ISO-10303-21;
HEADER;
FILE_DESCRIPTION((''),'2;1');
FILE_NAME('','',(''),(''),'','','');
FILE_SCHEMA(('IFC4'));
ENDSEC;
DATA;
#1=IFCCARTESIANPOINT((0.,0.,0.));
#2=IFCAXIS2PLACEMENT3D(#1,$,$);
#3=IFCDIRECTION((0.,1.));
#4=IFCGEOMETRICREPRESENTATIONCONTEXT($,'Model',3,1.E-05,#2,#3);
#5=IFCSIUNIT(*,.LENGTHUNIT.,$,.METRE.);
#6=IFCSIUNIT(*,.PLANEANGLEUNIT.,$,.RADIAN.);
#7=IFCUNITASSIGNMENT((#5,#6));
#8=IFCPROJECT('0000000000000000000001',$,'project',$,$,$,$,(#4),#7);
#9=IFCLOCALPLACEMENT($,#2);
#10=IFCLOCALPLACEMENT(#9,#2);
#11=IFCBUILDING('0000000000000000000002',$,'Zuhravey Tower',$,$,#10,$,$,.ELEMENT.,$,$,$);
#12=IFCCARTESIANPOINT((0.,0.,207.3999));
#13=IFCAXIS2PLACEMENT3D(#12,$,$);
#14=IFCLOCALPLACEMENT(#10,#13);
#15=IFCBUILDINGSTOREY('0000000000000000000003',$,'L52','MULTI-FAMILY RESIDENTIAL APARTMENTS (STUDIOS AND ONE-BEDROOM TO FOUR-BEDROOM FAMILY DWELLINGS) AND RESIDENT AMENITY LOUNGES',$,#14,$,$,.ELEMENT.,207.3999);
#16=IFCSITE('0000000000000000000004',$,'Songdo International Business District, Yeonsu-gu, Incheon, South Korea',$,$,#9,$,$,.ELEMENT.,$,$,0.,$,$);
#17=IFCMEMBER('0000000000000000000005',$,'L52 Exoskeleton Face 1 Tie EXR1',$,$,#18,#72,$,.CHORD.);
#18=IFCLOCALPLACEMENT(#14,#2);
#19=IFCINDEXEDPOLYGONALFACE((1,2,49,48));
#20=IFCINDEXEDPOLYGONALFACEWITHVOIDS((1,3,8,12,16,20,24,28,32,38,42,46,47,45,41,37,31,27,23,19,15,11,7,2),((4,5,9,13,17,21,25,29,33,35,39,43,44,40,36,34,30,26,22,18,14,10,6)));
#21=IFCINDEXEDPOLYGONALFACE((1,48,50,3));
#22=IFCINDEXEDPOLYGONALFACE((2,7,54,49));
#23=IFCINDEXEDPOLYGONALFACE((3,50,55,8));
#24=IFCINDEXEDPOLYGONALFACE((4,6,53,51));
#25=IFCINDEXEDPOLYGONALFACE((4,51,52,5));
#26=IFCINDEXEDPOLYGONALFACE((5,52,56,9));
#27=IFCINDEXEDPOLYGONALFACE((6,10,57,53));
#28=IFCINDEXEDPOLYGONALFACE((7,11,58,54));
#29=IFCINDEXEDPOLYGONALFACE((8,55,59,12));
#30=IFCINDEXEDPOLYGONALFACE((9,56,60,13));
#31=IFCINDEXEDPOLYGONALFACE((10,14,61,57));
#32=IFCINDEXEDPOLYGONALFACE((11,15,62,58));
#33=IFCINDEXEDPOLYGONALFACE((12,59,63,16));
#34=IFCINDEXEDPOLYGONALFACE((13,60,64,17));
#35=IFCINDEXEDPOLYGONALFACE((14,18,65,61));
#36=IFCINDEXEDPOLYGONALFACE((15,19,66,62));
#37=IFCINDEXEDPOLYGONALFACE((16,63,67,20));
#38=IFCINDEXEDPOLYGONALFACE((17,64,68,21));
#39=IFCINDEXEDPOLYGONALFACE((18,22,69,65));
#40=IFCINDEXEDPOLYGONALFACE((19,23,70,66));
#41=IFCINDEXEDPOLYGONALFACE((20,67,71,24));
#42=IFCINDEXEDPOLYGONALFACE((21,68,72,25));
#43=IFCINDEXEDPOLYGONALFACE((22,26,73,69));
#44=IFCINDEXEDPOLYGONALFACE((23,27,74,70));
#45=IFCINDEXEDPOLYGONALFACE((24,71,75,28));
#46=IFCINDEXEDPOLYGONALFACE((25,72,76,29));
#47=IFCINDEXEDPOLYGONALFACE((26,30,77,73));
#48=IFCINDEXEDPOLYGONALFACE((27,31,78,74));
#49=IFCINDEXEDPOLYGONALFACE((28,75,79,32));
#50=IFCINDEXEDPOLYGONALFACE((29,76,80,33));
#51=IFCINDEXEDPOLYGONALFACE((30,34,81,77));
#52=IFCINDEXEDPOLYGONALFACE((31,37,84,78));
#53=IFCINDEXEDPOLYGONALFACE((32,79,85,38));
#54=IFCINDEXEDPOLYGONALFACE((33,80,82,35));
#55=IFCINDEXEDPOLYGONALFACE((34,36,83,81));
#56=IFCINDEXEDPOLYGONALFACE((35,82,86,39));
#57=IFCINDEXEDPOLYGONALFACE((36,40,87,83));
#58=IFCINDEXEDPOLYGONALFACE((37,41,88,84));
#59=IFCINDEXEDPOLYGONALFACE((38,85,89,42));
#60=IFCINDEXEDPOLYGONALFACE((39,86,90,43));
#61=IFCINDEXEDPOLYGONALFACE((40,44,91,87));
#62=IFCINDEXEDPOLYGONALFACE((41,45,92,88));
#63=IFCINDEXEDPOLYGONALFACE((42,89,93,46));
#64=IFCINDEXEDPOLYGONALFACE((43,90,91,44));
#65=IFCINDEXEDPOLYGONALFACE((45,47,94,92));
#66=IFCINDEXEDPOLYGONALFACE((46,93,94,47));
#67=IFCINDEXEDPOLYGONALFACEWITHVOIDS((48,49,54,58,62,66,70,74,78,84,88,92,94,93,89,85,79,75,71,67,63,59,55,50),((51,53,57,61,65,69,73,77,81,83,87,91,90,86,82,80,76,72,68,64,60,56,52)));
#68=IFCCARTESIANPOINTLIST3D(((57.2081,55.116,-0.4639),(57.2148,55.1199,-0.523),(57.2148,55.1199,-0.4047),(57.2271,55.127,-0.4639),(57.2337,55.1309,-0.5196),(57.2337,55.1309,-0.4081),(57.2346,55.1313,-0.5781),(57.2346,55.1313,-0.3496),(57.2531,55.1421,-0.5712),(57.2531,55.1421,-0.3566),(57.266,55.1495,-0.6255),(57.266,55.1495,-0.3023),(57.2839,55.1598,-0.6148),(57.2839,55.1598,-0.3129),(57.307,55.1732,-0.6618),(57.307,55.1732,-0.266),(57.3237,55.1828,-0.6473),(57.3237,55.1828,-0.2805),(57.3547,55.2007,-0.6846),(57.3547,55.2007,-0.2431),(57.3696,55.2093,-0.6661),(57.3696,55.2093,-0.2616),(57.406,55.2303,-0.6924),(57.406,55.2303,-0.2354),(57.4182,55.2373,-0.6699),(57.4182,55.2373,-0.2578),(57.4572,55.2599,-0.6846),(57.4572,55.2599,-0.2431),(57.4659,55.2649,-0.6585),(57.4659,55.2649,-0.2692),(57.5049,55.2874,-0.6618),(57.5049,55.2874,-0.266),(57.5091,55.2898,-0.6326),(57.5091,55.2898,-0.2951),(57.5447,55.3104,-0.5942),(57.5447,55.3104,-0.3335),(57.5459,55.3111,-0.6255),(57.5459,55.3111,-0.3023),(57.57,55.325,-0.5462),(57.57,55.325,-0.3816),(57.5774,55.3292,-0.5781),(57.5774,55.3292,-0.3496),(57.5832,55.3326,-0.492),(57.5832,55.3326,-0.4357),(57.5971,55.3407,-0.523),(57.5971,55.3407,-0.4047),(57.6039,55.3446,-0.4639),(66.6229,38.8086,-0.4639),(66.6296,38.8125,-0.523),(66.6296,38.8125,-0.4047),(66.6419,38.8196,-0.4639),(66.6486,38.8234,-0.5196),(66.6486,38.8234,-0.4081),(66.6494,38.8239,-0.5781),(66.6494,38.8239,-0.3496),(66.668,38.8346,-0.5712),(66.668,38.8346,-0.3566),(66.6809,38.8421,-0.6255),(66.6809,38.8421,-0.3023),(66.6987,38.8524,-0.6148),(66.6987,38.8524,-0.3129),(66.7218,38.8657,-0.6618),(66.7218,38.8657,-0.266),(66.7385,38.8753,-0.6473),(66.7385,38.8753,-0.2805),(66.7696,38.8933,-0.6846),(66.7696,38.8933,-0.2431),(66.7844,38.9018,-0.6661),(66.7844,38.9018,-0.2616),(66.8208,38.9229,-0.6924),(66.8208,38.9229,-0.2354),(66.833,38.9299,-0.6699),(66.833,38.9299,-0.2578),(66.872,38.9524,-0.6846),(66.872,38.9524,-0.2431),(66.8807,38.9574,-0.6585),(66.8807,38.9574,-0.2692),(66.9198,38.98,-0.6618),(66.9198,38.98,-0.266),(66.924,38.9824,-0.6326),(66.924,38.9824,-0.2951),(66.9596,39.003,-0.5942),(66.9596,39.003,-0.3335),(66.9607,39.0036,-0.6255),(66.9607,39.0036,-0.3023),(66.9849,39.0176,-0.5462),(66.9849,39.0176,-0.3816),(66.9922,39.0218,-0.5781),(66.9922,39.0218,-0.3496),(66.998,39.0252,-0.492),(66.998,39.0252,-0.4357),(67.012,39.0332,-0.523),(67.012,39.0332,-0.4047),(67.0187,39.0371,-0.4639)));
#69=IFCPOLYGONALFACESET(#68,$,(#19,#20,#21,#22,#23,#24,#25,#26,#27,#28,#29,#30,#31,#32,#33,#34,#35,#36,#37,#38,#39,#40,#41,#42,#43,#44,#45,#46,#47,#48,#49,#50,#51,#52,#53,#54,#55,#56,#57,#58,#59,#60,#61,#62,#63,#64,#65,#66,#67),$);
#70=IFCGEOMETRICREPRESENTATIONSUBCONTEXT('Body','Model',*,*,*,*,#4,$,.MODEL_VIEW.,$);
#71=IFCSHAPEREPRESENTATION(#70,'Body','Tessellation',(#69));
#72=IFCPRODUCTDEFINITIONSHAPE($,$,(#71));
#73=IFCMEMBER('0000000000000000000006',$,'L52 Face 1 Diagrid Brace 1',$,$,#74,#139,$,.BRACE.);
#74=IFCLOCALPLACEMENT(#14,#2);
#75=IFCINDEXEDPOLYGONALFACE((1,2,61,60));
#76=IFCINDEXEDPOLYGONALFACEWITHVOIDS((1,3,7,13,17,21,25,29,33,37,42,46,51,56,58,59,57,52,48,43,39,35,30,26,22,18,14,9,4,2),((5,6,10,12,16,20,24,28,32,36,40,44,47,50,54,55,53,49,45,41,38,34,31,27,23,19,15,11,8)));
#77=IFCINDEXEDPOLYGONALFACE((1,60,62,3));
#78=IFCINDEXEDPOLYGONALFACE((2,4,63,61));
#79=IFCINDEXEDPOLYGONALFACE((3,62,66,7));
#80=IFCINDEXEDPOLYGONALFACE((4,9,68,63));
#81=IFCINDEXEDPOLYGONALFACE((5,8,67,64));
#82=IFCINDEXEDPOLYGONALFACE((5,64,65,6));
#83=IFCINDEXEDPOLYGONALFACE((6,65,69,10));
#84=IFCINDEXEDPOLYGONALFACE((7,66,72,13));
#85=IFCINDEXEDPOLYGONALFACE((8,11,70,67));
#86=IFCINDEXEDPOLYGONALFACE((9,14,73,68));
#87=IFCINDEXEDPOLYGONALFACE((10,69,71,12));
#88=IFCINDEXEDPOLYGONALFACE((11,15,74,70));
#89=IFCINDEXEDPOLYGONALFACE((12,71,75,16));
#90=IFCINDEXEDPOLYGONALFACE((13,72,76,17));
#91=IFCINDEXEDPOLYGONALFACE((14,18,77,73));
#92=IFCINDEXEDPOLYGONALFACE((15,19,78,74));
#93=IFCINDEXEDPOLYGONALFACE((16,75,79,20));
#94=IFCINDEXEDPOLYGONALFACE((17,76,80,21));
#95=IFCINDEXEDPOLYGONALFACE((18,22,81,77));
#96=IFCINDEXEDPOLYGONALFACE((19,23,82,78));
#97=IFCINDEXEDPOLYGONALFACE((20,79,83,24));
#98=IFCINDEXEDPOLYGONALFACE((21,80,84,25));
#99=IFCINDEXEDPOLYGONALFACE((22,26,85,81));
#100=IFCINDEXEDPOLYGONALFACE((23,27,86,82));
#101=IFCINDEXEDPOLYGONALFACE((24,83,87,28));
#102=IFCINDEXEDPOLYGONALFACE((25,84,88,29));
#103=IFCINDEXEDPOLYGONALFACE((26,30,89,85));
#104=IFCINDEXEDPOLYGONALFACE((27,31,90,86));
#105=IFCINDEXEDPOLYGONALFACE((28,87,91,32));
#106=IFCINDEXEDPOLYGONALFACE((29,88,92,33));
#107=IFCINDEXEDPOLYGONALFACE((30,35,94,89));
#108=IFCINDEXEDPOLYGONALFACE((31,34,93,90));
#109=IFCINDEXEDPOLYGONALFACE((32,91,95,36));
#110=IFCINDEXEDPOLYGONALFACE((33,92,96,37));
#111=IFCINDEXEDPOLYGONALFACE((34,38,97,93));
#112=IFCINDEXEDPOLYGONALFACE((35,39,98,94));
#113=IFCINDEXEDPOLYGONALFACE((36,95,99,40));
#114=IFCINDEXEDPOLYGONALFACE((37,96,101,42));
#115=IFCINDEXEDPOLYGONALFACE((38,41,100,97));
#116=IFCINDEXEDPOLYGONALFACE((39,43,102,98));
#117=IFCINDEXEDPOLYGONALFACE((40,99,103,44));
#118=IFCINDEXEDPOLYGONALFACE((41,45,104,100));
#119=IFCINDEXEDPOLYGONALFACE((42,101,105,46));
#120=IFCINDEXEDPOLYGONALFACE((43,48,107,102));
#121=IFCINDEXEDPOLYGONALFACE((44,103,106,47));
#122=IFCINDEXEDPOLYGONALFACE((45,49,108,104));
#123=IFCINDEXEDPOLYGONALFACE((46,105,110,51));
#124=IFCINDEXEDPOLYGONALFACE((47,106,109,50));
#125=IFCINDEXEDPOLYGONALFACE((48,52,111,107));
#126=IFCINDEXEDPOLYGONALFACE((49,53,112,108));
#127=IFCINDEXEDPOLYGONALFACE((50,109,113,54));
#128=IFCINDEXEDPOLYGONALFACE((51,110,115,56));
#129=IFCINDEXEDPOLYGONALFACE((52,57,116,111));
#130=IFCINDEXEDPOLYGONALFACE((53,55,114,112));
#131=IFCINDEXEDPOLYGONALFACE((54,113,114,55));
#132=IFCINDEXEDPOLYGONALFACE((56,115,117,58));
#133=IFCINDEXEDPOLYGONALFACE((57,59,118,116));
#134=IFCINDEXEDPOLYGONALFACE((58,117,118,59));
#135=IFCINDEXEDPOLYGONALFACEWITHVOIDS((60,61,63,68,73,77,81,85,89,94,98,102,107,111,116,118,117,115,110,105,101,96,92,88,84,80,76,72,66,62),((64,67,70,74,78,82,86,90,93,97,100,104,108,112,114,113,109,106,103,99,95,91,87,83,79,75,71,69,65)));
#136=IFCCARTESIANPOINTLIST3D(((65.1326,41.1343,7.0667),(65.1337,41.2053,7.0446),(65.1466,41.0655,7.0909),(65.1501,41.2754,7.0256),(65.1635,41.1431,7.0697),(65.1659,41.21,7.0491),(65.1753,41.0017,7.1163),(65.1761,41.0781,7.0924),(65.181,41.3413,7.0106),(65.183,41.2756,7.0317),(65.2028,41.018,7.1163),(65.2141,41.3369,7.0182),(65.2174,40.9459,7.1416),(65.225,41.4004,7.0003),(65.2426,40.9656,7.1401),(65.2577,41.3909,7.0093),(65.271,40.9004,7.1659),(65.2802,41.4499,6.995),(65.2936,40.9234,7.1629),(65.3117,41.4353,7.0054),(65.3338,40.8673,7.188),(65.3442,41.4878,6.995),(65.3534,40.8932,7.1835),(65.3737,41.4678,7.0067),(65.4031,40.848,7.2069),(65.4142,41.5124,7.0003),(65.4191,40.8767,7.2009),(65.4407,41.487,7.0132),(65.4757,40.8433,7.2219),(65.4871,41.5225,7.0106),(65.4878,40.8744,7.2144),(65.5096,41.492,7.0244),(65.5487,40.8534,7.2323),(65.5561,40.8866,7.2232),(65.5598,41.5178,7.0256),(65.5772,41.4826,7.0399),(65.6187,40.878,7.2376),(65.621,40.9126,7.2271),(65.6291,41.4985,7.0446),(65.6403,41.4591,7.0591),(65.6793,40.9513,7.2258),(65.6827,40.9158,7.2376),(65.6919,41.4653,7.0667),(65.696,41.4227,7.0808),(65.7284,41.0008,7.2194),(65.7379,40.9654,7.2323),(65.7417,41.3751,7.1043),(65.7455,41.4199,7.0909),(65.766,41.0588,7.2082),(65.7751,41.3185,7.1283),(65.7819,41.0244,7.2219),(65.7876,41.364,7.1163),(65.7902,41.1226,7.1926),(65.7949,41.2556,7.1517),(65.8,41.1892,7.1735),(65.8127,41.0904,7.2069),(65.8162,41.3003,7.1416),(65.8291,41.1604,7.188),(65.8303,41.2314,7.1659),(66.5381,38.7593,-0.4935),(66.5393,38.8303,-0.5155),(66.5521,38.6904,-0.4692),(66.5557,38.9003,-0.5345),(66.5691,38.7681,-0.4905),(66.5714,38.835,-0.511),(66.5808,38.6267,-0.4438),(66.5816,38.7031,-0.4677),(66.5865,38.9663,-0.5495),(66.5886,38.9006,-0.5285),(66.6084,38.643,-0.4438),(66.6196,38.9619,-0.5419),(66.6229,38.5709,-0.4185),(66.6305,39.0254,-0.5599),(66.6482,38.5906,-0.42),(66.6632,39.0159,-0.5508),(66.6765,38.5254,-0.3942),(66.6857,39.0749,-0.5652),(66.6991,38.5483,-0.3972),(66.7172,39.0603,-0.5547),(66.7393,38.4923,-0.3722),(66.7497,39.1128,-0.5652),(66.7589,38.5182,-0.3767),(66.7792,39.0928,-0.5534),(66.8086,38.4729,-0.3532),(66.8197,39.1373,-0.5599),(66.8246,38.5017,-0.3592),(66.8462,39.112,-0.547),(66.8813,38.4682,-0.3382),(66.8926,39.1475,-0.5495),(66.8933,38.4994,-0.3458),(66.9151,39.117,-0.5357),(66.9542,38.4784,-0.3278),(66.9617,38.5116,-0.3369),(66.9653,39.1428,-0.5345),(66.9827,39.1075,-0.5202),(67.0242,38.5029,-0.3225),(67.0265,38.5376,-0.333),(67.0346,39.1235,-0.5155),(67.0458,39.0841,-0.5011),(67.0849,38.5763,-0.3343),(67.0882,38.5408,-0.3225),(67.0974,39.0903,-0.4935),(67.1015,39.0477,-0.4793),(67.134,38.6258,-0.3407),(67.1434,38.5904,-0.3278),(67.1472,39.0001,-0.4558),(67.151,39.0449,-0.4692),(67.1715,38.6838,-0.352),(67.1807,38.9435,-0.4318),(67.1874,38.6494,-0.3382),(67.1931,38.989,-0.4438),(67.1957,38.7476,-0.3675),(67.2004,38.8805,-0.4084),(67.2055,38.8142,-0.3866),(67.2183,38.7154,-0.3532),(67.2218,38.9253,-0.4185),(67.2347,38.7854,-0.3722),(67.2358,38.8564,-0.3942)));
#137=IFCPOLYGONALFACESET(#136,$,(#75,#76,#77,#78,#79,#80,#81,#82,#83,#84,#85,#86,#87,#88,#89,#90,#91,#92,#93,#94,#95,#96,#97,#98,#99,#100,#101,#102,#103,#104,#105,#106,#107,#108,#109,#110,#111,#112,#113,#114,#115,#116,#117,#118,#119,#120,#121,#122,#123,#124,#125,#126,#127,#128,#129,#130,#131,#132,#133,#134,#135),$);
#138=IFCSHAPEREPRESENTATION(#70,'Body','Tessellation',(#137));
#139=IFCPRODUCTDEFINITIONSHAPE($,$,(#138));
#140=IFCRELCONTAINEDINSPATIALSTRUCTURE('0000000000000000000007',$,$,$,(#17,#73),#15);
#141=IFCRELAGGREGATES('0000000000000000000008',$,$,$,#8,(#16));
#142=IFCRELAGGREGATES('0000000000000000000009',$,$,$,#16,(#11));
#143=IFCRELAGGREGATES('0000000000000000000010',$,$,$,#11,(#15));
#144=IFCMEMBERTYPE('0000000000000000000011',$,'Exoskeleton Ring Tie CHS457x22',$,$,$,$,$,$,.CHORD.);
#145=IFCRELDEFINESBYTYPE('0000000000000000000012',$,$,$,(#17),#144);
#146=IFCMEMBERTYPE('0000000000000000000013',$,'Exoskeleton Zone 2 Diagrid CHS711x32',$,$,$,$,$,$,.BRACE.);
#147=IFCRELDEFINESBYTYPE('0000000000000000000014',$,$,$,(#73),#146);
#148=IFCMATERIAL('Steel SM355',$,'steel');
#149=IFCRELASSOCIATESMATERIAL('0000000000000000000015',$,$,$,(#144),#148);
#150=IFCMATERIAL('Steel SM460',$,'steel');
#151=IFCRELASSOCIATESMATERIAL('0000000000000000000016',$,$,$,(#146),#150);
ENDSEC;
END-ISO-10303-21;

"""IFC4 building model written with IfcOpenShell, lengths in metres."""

from ifc_helpers import new_model, si_unit, direction, frame, origin, origin_2d, place, context, subcontext, project, spatial, hollow_circle, extrude, material, material_profile, profile_set, type_object, element, save


model = new_model("IFC4")

# Units and contexts
model_context = context("Model", 3, precision=1e-05, world=origin(), true_north=direction((0.0, 1.0)))
body_context = subcontext(model_context, "Body", "Model", "MODEL_VIEW")
ifc_project = project(units=[si_unit("LENGTHUNIT", "METRE"), si_unit("PLANEANGLEUNIT", "RADIAN")], contexts=[model_context])

# Site, building, storey
site_placement = place(None, origin())
site = spatial("IfcSite", under=ifc_project, at=site_placement, Name="Songdo International Business District, Yeonsu-gu, Incheon, South Korea", CompositionType="ELEMENT", RefElevation=0.0)
building_placement = place(site_placement, origin())
building = spatial("IfcBuilding", under=site, at=building_placement, Name="Zuhravey Tower", CompositionType="ELEMENT")
storey_placement = place(building_placement, frame((0.0, 0.0, 207.3999)))
storey = spatial("IfcBuildingStorey", under=building, at=storey_placement, Name="L52", Description="MULTI-FAMILY RESIDENTIAL APARTMENTS (STUDIOS AND ONE-BEDROOM TO FOUR-BEDROOM FAMILY DWELLINGS) AND RESIDENT AMENITY LOUNGES", CompositionType="ELEMENT", Elevation=207.3999)

# Members
ifc_material_1 = material(Name="Steel SM355", Category="steel")
ifc_material_profile_1 = material_profile(ifc_material_1, hollow_circle(Radius=0.2285, WallThickness=0.022, at=origin_2d()), Name="CHS-457.2x22")
ifc_profile_set_1 = profile_set([ifc_material_profile_1], Name="Steel SM355")
member_type_1 = type_object("IfcMemberType", Name="Exoskeleton Ring Tie CHS457x22", PredefinedType="CHORD", material=ifc_profile_set_1)
member_1_placement = place(storey_placement, frame((66.8208, 38.9229, -0.4639), z_axis=(-0.499989, 0.866032, 0.0), x_axis=(-0.866032, -0.499989, 0.0)))
element("IfcMember", 1, at=member_1_placement, inside=storey, type_object=member_type_1, Name="L52 Exoskeleton Face 1 Tie EXR1", PredefinedType="CHORD", context=body_context, shape_type="SweptSolid", body=[
    extrude(hollow_circle(Radius=0.2285, WallThickness=0.022, at=origin_2d()), origin(), (0.0, 0.0, 1.0), 18.8301),
])
ifc_material_2 = material(Name="Steel SM460", Category="steel")
ifc_material_profile_2 = material_profile(ifc_material_2, hollow_circle(Radius=0.3557, WallThickness=0.032, at=origin_2d()), Name="CHS-711.2x32")
ifc_profile_set_2 = profile_set([ifc_material_profile_2], Name="Steel SM460")
member_type_2 = type_object("IfcMemberType", Name="Exoskeleton Zone 2 Diagrid CHS711x32", PredefinedType="BRACE", material=ifc_profile_set_2)
member_2_placement = place(storey_placement, frame((66.887, 38.8079, -0.4438), z_axis=(-0.174641, 0.295104, 0.939369), x_axis=(-0.860592, -0.509295, 0.0)))
element("IfcMember", 2, at=member_2_placement, inside=storey, type_object=member_type_2, Name="L52 Face 1 Diagrid Brace 1", PredefinedType="BRACE", context=body_context, shape_type="SweptSolid", body=[
    extrude(hollow_circle(Radius=0.3557, WallThickness=0.032, at=origin_2d()), origin(), (0.0, 0.0, 1.0), 8.0481),
])

save(model, "model.ifc")
